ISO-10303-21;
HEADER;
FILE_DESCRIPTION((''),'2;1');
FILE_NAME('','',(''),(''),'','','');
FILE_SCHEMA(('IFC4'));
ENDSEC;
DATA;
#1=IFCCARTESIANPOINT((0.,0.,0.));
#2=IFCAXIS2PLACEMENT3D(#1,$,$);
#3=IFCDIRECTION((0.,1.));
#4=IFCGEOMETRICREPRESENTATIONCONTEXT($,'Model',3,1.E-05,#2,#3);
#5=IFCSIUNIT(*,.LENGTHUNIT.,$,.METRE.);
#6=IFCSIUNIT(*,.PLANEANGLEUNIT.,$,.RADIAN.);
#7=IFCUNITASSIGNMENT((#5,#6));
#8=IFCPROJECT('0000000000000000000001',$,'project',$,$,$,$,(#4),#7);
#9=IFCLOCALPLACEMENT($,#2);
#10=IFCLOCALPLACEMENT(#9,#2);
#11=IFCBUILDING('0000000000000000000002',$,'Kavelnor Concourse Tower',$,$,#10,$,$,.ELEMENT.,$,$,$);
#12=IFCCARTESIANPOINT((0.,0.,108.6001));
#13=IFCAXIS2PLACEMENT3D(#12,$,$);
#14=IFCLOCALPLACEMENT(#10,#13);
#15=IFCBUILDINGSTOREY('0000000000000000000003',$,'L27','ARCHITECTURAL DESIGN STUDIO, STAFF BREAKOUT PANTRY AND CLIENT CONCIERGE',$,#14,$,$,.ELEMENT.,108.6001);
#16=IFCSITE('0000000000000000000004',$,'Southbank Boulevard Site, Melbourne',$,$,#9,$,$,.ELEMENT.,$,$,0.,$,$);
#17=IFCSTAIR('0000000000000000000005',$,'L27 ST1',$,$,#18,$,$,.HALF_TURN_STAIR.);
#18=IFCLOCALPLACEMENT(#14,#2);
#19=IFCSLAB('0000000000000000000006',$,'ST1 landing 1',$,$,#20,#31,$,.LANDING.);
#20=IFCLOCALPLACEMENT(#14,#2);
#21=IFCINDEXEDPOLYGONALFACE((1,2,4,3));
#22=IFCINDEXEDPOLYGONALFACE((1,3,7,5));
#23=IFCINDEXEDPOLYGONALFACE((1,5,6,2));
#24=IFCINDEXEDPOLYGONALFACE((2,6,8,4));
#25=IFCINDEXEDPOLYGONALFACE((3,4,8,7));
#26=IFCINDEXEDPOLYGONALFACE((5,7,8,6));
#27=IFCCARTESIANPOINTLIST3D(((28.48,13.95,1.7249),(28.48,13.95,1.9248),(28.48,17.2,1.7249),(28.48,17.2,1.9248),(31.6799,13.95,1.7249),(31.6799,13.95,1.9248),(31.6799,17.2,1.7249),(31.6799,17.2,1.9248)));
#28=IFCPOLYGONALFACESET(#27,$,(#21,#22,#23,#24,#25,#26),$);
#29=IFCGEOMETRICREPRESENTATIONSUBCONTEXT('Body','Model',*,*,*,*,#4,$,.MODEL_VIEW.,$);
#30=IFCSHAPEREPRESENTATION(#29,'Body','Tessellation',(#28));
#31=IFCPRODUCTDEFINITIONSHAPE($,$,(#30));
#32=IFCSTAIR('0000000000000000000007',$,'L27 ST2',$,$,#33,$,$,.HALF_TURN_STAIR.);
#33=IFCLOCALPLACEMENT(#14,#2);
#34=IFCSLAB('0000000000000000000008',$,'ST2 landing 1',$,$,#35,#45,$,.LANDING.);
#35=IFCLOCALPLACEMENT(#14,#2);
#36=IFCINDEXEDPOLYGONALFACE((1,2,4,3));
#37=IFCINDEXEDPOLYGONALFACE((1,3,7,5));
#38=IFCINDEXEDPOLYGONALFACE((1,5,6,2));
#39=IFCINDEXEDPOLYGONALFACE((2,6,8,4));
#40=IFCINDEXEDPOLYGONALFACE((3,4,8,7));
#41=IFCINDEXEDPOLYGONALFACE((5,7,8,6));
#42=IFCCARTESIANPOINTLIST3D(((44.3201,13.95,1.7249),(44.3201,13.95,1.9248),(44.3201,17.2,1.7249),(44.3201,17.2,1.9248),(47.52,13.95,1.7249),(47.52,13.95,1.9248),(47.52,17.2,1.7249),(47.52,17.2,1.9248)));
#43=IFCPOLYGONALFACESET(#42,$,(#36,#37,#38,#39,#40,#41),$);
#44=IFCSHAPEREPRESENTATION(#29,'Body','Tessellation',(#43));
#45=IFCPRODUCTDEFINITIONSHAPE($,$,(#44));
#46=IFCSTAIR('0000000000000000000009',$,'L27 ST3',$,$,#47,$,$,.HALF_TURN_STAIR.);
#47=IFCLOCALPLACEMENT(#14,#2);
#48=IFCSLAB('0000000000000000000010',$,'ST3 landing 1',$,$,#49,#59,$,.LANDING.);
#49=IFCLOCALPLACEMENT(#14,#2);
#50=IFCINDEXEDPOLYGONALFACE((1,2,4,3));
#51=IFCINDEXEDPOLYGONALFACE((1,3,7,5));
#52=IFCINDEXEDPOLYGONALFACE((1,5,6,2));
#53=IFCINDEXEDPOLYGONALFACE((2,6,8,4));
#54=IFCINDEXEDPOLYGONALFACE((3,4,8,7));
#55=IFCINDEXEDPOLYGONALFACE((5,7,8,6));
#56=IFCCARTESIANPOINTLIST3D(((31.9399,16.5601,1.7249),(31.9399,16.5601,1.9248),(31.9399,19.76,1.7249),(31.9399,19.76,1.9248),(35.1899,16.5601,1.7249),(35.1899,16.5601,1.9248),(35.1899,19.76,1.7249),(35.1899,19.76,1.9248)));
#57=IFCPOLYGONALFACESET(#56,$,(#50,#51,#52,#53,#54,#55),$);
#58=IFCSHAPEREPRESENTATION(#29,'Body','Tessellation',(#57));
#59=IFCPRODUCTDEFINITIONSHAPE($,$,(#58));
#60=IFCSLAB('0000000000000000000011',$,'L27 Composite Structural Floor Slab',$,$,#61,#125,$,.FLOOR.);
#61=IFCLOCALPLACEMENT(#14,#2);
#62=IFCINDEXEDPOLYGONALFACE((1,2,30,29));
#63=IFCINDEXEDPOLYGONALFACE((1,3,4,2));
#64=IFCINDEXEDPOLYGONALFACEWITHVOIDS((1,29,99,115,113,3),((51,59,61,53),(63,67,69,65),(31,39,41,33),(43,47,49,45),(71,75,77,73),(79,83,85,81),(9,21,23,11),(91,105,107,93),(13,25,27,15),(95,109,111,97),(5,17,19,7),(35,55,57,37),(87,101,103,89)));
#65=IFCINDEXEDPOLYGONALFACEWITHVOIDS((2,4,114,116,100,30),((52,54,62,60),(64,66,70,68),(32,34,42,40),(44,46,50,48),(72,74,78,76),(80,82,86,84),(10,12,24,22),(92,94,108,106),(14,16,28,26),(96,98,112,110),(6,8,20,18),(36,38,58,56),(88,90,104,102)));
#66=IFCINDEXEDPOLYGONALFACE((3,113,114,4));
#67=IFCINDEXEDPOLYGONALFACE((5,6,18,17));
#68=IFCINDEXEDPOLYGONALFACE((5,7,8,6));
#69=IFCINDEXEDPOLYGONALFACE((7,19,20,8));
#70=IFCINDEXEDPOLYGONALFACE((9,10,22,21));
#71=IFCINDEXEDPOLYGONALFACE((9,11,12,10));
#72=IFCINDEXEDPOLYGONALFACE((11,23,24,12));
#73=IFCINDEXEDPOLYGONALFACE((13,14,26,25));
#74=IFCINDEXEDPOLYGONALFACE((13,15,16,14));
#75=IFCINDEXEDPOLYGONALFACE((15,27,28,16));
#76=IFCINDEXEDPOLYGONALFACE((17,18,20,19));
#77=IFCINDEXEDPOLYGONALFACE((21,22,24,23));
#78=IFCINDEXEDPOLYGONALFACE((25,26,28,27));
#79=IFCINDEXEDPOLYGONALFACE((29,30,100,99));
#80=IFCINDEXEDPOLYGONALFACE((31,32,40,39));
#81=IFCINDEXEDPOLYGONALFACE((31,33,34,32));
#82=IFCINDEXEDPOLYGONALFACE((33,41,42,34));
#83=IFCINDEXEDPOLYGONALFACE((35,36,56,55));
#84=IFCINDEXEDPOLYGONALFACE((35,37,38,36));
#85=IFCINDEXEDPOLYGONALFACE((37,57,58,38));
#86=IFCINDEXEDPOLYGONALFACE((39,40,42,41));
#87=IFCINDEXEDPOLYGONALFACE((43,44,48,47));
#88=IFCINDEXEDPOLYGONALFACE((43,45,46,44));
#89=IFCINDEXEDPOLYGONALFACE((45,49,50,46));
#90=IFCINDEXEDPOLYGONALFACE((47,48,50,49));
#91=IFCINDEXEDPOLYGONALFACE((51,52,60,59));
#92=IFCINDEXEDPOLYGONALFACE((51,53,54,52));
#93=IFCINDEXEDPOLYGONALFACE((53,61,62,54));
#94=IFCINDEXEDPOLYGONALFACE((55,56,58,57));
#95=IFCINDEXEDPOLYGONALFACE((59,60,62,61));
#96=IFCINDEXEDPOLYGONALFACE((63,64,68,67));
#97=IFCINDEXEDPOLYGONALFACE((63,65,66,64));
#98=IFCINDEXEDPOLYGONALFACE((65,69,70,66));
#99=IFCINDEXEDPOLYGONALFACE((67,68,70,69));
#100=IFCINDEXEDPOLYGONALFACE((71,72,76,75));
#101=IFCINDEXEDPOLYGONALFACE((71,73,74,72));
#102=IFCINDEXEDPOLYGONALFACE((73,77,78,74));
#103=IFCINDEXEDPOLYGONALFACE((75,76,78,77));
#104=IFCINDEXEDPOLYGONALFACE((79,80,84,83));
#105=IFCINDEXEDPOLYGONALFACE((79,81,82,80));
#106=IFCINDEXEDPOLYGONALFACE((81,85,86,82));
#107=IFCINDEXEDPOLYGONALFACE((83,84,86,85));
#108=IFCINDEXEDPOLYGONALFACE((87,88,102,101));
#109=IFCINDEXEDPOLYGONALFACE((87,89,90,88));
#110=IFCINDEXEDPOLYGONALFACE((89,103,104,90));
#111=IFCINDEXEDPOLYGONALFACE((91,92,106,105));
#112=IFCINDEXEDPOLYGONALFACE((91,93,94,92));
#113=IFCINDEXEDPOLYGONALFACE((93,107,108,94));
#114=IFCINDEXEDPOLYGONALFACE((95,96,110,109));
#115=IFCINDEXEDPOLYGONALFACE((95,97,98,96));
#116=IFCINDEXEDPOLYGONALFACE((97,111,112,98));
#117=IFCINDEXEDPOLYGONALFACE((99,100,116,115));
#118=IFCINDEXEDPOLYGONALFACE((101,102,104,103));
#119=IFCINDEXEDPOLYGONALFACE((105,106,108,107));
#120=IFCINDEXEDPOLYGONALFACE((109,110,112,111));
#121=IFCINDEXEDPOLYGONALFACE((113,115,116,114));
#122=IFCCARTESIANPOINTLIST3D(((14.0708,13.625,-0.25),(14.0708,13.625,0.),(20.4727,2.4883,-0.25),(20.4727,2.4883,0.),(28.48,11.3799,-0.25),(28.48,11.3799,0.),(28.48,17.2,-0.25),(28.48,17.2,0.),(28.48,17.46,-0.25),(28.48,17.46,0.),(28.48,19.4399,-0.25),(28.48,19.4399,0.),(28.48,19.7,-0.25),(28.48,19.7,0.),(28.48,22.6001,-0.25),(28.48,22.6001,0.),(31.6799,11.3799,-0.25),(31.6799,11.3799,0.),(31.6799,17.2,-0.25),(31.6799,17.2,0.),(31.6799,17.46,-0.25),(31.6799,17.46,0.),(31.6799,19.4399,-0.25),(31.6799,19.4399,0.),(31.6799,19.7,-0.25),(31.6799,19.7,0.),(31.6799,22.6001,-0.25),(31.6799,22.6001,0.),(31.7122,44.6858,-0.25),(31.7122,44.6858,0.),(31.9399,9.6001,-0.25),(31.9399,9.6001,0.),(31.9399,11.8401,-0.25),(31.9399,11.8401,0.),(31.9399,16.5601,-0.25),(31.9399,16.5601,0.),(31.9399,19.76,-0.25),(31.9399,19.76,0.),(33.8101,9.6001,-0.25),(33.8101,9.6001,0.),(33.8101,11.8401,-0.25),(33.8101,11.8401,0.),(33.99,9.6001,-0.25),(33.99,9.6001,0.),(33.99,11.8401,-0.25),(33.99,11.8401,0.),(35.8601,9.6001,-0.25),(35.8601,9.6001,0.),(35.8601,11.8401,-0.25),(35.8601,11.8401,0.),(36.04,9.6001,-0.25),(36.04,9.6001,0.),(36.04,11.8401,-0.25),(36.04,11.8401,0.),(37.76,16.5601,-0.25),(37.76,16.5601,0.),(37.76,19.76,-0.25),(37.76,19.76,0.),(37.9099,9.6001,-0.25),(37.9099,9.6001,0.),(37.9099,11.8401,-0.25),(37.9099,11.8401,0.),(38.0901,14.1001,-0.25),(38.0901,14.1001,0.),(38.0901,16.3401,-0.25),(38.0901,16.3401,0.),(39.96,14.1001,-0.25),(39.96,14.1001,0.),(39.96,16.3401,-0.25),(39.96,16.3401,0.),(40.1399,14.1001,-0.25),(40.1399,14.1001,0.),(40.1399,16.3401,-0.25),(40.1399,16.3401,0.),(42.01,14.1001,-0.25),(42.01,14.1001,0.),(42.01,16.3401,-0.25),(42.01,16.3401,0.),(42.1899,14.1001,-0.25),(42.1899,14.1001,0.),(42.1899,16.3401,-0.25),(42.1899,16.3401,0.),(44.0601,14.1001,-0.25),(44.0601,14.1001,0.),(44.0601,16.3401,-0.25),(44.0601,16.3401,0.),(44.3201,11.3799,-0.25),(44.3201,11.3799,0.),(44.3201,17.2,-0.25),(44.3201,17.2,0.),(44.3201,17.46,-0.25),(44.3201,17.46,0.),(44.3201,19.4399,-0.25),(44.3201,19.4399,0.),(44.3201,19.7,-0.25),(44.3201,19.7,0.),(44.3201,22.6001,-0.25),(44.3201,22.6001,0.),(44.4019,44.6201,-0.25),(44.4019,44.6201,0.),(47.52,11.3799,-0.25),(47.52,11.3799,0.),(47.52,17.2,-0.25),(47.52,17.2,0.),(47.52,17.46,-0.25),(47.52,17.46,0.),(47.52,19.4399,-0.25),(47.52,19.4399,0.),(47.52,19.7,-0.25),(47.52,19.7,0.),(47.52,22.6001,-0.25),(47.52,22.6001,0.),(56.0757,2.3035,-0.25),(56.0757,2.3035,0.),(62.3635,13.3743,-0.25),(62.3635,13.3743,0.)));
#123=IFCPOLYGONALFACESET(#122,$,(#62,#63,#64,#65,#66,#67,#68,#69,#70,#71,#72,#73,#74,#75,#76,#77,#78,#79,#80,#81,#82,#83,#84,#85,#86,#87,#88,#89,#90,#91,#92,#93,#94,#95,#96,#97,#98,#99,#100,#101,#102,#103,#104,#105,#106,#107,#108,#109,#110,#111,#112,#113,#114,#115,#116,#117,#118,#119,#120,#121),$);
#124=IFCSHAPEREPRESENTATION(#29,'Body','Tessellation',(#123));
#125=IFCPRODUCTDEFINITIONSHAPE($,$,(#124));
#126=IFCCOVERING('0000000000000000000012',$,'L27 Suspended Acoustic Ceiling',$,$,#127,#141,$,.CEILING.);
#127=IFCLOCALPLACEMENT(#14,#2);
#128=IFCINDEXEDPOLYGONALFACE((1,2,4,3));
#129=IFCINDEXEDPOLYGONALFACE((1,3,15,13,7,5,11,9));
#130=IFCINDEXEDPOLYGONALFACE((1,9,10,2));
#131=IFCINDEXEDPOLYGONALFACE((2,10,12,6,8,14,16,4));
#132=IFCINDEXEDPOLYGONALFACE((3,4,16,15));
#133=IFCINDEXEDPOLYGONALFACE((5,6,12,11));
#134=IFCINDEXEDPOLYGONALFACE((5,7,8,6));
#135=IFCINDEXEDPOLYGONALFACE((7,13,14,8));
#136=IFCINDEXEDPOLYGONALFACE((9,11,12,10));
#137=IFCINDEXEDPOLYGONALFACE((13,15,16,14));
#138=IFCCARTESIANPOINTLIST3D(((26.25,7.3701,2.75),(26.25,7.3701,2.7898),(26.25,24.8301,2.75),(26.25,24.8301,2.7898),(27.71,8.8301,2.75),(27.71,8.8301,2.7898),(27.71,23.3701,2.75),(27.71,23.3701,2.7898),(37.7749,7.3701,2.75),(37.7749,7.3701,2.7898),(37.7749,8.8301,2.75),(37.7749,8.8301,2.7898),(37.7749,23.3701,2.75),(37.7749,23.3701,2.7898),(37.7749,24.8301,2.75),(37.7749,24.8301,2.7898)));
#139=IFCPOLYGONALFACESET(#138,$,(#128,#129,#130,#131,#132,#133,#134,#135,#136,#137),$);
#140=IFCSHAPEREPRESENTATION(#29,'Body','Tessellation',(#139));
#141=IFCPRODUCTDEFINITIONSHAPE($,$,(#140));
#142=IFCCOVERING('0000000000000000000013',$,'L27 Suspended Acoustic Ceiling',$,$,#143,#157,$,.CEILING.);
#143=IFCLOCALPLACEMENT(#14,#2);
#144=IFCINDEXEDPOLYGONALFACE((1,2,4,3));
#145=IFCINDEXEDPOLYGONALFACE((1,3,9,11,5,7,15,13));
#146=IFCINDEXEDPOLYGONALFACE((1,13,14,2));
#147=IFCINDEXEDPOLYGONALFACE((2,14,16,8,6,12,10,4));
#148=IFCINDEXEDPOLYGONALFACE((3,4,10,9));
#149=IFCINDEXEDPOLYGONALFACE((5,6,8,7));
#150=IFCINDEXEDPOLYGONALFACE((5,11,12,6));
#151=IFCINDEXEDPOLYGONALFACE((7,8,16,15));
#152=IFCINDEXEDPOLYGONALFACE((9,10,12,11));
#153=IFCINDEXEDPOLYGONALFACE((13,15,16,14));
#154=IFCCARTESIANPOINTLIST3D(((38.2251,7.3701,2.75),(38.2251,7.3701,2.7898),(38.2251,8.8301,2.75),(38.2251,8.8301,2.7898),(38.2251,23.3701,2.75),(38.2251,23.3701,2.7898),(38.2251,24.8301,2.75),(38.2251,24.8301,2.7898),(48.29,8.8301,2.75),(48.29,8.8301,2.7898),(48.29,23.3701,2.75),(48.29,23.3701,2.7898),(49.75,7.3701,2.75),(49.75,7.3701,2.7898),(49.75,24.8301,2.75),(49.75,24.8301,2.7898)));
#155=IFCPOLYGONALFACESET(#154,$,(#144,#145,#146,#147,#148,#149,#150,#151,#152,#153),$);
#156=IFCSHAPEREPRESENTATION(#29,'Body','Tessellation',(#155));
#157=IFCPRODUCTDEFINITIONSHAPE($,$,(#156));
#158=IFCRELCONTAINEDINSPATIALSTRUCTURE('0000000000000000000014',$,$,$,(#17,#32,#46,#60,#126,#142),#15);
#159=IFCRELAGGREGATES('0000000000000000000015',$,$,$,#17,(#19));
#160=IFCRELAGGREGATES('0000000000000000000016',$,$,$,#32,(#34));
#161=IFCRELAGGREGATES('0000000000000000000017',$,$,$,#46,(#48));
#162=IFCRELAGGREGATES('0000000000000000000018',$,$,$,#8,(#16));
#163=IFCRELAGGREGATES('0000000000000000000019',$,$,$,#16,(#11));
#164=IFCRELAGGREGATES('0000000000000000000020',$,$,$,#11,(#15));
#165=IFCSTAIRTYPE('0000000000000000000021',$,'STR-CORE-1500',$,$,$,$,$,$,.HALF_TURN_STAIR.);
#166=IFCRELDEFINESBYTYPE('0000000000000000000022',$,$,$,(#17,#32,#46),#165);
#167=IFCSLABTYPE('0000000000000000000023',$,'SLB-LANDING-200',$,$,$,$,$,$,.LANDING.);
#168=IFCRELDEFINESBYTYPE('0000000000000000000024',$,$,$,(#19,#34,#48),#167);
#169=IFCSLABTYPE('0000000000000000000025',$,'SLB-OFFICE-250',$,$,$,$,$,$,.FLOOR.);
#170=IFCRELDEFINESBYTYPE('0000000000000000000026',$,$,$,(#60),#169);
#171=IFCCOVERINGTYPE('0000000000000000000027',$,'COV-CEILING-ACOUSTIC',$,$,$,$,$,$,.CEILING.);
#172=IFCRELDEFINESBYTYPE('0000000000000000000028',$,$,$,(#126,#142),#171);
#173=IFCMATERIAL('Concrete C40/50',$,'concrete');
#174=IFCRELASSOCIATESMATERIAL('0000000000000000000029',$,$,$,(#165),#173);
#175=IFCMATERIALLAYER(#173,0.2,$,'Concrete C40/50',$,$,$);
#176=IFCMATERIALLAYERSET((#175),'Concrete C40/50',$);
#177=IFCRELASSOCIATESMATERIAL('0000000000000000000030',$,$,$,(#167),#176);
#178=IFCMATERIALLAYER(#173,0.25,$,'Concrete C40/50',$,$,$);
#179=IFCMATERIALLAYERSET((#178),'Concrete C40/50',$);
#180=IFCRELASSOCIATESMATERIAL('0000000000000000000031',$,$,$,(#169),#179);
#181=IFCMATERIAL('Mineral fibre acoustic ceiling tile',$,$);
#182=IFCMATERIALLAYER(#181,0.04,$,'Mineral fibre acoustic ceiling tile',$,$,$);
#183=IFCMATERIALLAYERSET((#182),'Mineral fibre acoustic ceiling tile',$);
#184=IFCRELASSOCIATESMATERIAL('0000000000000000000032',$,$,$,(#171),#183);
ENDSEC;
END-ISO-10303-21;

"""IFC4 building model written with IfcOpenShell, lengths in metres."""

from ifc_helpers import new_model, si_unit, direction, frame, origin, place, context, subcontext, project, spatial, polyline, outline, extrude, material, layer, layer_set, type_object, element, aggregate, save


model = new_model("IFC4")

# Units and contexts
model_context = context("Model", 3, precision=1e-05, world=origin(), true_north=direction((0.0, 1.0)))
body_context = subcontext(model_context, "Body", "Model", "MODEL_VIEW")
ifc_project = project(units=[si_unit("LENGTHUNIT", "METRE"), si_unit("PLANEANGLEUNIT", "RADIAN")], contexts=[model_context])

# Site, building, storey
site_placement = place(None, origin())
site = spatial("IfcSite", under=ifc_project, at=site_placement, Name="Southbank Boulevard Site, Melbourne", CompositionType="ELEMENT", RefElevation=0.0)
building_placement = place(site_placement, origin())
building = spatial("IfcBuilding", under=site, at=building_placement, Name="Kavelnor Concourse Tower", CompositionType="ELEMENT")
storey_placement = place(building_placement, frame((0.0, 0.0, 108.6001)))
storey = spatial("IfcBuildingStorey", under=building, at=storey_placement, Name="L27", Description="ARCHITECTURAL DESIGN STUDIO, STAFF BREAKOUT PANTRY AND CLIENT CONCIERGE", CompositionType="ELEMENT", Elevation=108.6001)

# Stairs, slabs
ifc_material_1 = material(Name="Concrete C40/50", Category="concrete")
stair_type = type_object("IfcStairType", Name="STR-CORE-1500", PredefinedType="HALF_TURN_STAIR", material=ifc_material_1)
stair_1_placement = place(storey_placement, origin())
stair_1 = element("IfcStair", 1, at=stair_1_placement, inside=storey, type_object=stair_type, Name="L27 ST1", PredefinedType="HALF_TURN_STAIR")
ifc_layer_1 = layer(ifc_material_1, 0.2, Name="Concrete C40/50")
ifc_layer_set_1 = layer_set([ifc_layer_1], Name="Concrete C40/50")
slab_type_1 = type_object("IfcSlabType", Name="SLB-LANDING-200", PredefinedType="LANDING", material=ifc_layer_set_1)
slab_1_placement = place(storey_placement, frame((0.0, 0.0, 1.7249)))
slab_1 = element("IfcSlab", 2, at=slab_1_placement, type_object=slab_type_1, Name="ST1 landing 1", PredefinedType="LANDING", context=body_context, shape_type="SweptSolid", body=[
    extrude(outline(polyline([(31.6799, 13.95), (31.6799, 17.2), (28.48, 17.2), (28.48, 13.95), (31.6799, 13.95)])), origin(), (0.0, 0.0, 1.0), 0.2),
])
aggregate(stair_1, [slab_1])
stair_2_placement = place(storey_placement, origin())
stair_2 = element("IfcStair", 3, at=stair_2_placement, inside=storey, type_object=stair_type, Name="L27 ST2", PredefinedType="HALF_TURN_STAIR")
slab_2_placement = place(storey_placement, frame((0.0, 0.0, 1.7249)))
slab_2 = element("IfcSlab", 4, at=slab_2_placement, type_object=slab_type_1, Name="ST2 landing 1", PredefinedType="LANDING", context=body_context, shape_type="SweptSolid", body=[
    extrude(outline(polyline([(47.52, 13.95), (47.52, 17.2), (44.3201, 17.2), (44.3201, 13.95), (47.52, 13.95)])), origin(), (0.0, 0.0, 1.0), 0.2),
])
aggregate(stair_2, [slab_2])
stair_3_placement = place(storey_placement, origin())
stair_3 = element("IfcStair", 5, at=stair_3_placement, inside=storey, type_object=stair_type, Name="L27 ST3", PredefinedType="HALF_TURN_STAIR")
slab_3_placement = place(storey_placement, frame((0.0, 0.0, 1.7249)))
slab_3 = element("IfcSlab", 6, at=slab_3_placement, type_object=slab_type_1, Name="ST3 landing 1", PredefinedType="LANDING", context=body_context, shape_type="SweptSolid", body=[
    extrude(outline(polyline([(35.1899, 19.76), (31.9399, 19.76), (31.9399, 16.5601), (35.1899, 16.5601), (35.1899, 19.76)])), origin(), (0.0, 0.0, 1.0), 0.2),
])
aggregate(stair_3, [slab_3])

# Slab
ifc_layer_2 = layer(ifc_material_1, 0.25, Name="Concrete C40/50")
ifc_layer_set_2 = layer_set([ifc_layer_2], Name="Concrete C40/50")
slab_type_2 = type_object("IfcSlabType", Name="SLB-OFFICE-250", PredefinedType="FLOOR", material=ifc_layer_set_2)
slab_4_placement = place(storey_placement, frame((0.0, 0.0, -0.25)))
element("IfcSlab", 7, at=slab_4_placement, inside=storey, type_object=slab_type_2, Name="L27 Composite Structural Floor Slab", PredefinedType="FLOOR", context=body_context, shape_type="SweptSolid", body=[
    extrude(outline(polyline([(44.4019, 44.6201), (31.7122, 44.6858), (14.0708, 13.625), (20.4727, 2.4883), (56.0757, 2.3035), (62.3635, 13.3743), (44.4019, 44.6201)]), holes=[polyline([(28.48, 11.3799), (31.6799, 11.3799), (31.6799, 17.2), (28.48, 17.2), (28.48, 11.3799)]), polyline([(44.3201, 11.3799), (47.52, 11.3799), (47.52, 17.2), (44.3201, 17.2), (44.3201, 11.3799)]), polyline([(31.9399, 16.5601), (37.76, 16.5601), (37.76, 19.76), (31.9399, 19.76), (31.9399, 16.5601)]), polyline([(28.48, 19.7), (31.6799, 19.7), (31.6799, 22.6001), (28.48, 22.6001), (28.48, 19.7)]), polyline([(44.3201, 19.7), (47.52, 19.7), (47.52, 22.6001), (44.3201, 22.6001), (44.3201, 19.7)]), polyline([(38.0901, 14.1001), (39.96, 14.1001), (39.96, 16.3401), (38.0901, 16.3401), (38.0901, 14.1001)]), polyline([(40.1399, 14.1001), (42.01, 14.1001), (42.01, 16.3401), (40.1399, 16.3401), (40.1399, 14.1001)]), polyline([(42.1899, 14.1001), (44.0601, 14.1001), (44.0601, 16.3401), (42.1899, 16.3401), (42.1899, 14.1001)]), polyline([(31.9399, 9.6001), (33.8101, 9.6001), (33.8101, 11.8401), (31.9399, 11.8401), (31.9399, 9.6001)]), polyline([(33.99, 9.6001), (35.8601, 9.6001), (35.8601, 11.8401), (33.99, 11.8401), (33.99, 9.6001)]), polyline([(36.04, 9.6001), (37.9099, 9.6001), (37.9099, 11.8401), (36.04, 11.8401), (36.04, 9.6001)]), polyline([(28.48, 17.46), (31.6799, 17.46), (31.6799, 19.4399), (28.48, 19.4399), (28.48, 17.46)]), polyline([(44.3201, 17.46), (47.52, 17.46), (47.52, 19.4399), (44.3201, 19.4399), (44.3201, 17.46)])]), origin(), (0.0, 0.0, 1.0), 0.25),
])

# Coverings
ifc_material_2 = material(Name="Mineral fibre acoustic ceiling tile")
ifc_layer_3 = layer(ifc_material_2, 0.04, Name="Mineral fibre acoustic ceiling tile")
ifc_layer_set_3 = layer_set([ifc_layer_3], Name="Mineral fibre acoustic ceiling tile")
covering_type_1 = type_object("IfcCoveringType", Name="COV-CEILING-ACOUSTIC", PredefinedType="CEILING", material=ifc_layer_set_3)
covering_1_placement = place(storey_placement, frame((0.0, 0.0, 2.75)))
element("IfcCovering", 8, at=covering_1_placement, inside=storey, type_object=covering_type_1, Name="L27 Suspended Acoustic Ceiling", PredefinedType="CEILING", context=body_context, shape_type="SweptSolid", body=[
    extrude(outline(polyline([(26.25, 7.3701), (26.25, 24.8301), (37.7749, 24.8301), (37.7749, 23.3701), (27.71, 23.3701), (27.71, 8.8301), (37.7749, 8.8301), (37.7749, 7.3701), (26.25, 7.3701)])), origin(), (0.0, 0.0, 1.0), 0.0398),
])
covering_2_placement = place(storey_placement, frame((0.0, 0.0, 2.75)))
element("IfcCovering", 9, at=covering_2_placement, inside=storey, type_object=covering_type_1, Name="L27 Suspended Acoustic Ceiling", PredefinedType="CEILING", context=body_context, shape_type="SweptSolid", body=[
    extrude(outline(polyline([(49.75, 7.3701), (38.2251, 7.3701), (38.2251, 8.8301), (48.29, 8.8301), (48.29, 23.3701), (38.2251, 23.3701), (38.2251, 24.8301), (49.75, 24.8301), (49.75, 7.3701)])), origin(), (0.0, 0.0, 1.0), 0.0398),
])

save(model, "model.ifc")
